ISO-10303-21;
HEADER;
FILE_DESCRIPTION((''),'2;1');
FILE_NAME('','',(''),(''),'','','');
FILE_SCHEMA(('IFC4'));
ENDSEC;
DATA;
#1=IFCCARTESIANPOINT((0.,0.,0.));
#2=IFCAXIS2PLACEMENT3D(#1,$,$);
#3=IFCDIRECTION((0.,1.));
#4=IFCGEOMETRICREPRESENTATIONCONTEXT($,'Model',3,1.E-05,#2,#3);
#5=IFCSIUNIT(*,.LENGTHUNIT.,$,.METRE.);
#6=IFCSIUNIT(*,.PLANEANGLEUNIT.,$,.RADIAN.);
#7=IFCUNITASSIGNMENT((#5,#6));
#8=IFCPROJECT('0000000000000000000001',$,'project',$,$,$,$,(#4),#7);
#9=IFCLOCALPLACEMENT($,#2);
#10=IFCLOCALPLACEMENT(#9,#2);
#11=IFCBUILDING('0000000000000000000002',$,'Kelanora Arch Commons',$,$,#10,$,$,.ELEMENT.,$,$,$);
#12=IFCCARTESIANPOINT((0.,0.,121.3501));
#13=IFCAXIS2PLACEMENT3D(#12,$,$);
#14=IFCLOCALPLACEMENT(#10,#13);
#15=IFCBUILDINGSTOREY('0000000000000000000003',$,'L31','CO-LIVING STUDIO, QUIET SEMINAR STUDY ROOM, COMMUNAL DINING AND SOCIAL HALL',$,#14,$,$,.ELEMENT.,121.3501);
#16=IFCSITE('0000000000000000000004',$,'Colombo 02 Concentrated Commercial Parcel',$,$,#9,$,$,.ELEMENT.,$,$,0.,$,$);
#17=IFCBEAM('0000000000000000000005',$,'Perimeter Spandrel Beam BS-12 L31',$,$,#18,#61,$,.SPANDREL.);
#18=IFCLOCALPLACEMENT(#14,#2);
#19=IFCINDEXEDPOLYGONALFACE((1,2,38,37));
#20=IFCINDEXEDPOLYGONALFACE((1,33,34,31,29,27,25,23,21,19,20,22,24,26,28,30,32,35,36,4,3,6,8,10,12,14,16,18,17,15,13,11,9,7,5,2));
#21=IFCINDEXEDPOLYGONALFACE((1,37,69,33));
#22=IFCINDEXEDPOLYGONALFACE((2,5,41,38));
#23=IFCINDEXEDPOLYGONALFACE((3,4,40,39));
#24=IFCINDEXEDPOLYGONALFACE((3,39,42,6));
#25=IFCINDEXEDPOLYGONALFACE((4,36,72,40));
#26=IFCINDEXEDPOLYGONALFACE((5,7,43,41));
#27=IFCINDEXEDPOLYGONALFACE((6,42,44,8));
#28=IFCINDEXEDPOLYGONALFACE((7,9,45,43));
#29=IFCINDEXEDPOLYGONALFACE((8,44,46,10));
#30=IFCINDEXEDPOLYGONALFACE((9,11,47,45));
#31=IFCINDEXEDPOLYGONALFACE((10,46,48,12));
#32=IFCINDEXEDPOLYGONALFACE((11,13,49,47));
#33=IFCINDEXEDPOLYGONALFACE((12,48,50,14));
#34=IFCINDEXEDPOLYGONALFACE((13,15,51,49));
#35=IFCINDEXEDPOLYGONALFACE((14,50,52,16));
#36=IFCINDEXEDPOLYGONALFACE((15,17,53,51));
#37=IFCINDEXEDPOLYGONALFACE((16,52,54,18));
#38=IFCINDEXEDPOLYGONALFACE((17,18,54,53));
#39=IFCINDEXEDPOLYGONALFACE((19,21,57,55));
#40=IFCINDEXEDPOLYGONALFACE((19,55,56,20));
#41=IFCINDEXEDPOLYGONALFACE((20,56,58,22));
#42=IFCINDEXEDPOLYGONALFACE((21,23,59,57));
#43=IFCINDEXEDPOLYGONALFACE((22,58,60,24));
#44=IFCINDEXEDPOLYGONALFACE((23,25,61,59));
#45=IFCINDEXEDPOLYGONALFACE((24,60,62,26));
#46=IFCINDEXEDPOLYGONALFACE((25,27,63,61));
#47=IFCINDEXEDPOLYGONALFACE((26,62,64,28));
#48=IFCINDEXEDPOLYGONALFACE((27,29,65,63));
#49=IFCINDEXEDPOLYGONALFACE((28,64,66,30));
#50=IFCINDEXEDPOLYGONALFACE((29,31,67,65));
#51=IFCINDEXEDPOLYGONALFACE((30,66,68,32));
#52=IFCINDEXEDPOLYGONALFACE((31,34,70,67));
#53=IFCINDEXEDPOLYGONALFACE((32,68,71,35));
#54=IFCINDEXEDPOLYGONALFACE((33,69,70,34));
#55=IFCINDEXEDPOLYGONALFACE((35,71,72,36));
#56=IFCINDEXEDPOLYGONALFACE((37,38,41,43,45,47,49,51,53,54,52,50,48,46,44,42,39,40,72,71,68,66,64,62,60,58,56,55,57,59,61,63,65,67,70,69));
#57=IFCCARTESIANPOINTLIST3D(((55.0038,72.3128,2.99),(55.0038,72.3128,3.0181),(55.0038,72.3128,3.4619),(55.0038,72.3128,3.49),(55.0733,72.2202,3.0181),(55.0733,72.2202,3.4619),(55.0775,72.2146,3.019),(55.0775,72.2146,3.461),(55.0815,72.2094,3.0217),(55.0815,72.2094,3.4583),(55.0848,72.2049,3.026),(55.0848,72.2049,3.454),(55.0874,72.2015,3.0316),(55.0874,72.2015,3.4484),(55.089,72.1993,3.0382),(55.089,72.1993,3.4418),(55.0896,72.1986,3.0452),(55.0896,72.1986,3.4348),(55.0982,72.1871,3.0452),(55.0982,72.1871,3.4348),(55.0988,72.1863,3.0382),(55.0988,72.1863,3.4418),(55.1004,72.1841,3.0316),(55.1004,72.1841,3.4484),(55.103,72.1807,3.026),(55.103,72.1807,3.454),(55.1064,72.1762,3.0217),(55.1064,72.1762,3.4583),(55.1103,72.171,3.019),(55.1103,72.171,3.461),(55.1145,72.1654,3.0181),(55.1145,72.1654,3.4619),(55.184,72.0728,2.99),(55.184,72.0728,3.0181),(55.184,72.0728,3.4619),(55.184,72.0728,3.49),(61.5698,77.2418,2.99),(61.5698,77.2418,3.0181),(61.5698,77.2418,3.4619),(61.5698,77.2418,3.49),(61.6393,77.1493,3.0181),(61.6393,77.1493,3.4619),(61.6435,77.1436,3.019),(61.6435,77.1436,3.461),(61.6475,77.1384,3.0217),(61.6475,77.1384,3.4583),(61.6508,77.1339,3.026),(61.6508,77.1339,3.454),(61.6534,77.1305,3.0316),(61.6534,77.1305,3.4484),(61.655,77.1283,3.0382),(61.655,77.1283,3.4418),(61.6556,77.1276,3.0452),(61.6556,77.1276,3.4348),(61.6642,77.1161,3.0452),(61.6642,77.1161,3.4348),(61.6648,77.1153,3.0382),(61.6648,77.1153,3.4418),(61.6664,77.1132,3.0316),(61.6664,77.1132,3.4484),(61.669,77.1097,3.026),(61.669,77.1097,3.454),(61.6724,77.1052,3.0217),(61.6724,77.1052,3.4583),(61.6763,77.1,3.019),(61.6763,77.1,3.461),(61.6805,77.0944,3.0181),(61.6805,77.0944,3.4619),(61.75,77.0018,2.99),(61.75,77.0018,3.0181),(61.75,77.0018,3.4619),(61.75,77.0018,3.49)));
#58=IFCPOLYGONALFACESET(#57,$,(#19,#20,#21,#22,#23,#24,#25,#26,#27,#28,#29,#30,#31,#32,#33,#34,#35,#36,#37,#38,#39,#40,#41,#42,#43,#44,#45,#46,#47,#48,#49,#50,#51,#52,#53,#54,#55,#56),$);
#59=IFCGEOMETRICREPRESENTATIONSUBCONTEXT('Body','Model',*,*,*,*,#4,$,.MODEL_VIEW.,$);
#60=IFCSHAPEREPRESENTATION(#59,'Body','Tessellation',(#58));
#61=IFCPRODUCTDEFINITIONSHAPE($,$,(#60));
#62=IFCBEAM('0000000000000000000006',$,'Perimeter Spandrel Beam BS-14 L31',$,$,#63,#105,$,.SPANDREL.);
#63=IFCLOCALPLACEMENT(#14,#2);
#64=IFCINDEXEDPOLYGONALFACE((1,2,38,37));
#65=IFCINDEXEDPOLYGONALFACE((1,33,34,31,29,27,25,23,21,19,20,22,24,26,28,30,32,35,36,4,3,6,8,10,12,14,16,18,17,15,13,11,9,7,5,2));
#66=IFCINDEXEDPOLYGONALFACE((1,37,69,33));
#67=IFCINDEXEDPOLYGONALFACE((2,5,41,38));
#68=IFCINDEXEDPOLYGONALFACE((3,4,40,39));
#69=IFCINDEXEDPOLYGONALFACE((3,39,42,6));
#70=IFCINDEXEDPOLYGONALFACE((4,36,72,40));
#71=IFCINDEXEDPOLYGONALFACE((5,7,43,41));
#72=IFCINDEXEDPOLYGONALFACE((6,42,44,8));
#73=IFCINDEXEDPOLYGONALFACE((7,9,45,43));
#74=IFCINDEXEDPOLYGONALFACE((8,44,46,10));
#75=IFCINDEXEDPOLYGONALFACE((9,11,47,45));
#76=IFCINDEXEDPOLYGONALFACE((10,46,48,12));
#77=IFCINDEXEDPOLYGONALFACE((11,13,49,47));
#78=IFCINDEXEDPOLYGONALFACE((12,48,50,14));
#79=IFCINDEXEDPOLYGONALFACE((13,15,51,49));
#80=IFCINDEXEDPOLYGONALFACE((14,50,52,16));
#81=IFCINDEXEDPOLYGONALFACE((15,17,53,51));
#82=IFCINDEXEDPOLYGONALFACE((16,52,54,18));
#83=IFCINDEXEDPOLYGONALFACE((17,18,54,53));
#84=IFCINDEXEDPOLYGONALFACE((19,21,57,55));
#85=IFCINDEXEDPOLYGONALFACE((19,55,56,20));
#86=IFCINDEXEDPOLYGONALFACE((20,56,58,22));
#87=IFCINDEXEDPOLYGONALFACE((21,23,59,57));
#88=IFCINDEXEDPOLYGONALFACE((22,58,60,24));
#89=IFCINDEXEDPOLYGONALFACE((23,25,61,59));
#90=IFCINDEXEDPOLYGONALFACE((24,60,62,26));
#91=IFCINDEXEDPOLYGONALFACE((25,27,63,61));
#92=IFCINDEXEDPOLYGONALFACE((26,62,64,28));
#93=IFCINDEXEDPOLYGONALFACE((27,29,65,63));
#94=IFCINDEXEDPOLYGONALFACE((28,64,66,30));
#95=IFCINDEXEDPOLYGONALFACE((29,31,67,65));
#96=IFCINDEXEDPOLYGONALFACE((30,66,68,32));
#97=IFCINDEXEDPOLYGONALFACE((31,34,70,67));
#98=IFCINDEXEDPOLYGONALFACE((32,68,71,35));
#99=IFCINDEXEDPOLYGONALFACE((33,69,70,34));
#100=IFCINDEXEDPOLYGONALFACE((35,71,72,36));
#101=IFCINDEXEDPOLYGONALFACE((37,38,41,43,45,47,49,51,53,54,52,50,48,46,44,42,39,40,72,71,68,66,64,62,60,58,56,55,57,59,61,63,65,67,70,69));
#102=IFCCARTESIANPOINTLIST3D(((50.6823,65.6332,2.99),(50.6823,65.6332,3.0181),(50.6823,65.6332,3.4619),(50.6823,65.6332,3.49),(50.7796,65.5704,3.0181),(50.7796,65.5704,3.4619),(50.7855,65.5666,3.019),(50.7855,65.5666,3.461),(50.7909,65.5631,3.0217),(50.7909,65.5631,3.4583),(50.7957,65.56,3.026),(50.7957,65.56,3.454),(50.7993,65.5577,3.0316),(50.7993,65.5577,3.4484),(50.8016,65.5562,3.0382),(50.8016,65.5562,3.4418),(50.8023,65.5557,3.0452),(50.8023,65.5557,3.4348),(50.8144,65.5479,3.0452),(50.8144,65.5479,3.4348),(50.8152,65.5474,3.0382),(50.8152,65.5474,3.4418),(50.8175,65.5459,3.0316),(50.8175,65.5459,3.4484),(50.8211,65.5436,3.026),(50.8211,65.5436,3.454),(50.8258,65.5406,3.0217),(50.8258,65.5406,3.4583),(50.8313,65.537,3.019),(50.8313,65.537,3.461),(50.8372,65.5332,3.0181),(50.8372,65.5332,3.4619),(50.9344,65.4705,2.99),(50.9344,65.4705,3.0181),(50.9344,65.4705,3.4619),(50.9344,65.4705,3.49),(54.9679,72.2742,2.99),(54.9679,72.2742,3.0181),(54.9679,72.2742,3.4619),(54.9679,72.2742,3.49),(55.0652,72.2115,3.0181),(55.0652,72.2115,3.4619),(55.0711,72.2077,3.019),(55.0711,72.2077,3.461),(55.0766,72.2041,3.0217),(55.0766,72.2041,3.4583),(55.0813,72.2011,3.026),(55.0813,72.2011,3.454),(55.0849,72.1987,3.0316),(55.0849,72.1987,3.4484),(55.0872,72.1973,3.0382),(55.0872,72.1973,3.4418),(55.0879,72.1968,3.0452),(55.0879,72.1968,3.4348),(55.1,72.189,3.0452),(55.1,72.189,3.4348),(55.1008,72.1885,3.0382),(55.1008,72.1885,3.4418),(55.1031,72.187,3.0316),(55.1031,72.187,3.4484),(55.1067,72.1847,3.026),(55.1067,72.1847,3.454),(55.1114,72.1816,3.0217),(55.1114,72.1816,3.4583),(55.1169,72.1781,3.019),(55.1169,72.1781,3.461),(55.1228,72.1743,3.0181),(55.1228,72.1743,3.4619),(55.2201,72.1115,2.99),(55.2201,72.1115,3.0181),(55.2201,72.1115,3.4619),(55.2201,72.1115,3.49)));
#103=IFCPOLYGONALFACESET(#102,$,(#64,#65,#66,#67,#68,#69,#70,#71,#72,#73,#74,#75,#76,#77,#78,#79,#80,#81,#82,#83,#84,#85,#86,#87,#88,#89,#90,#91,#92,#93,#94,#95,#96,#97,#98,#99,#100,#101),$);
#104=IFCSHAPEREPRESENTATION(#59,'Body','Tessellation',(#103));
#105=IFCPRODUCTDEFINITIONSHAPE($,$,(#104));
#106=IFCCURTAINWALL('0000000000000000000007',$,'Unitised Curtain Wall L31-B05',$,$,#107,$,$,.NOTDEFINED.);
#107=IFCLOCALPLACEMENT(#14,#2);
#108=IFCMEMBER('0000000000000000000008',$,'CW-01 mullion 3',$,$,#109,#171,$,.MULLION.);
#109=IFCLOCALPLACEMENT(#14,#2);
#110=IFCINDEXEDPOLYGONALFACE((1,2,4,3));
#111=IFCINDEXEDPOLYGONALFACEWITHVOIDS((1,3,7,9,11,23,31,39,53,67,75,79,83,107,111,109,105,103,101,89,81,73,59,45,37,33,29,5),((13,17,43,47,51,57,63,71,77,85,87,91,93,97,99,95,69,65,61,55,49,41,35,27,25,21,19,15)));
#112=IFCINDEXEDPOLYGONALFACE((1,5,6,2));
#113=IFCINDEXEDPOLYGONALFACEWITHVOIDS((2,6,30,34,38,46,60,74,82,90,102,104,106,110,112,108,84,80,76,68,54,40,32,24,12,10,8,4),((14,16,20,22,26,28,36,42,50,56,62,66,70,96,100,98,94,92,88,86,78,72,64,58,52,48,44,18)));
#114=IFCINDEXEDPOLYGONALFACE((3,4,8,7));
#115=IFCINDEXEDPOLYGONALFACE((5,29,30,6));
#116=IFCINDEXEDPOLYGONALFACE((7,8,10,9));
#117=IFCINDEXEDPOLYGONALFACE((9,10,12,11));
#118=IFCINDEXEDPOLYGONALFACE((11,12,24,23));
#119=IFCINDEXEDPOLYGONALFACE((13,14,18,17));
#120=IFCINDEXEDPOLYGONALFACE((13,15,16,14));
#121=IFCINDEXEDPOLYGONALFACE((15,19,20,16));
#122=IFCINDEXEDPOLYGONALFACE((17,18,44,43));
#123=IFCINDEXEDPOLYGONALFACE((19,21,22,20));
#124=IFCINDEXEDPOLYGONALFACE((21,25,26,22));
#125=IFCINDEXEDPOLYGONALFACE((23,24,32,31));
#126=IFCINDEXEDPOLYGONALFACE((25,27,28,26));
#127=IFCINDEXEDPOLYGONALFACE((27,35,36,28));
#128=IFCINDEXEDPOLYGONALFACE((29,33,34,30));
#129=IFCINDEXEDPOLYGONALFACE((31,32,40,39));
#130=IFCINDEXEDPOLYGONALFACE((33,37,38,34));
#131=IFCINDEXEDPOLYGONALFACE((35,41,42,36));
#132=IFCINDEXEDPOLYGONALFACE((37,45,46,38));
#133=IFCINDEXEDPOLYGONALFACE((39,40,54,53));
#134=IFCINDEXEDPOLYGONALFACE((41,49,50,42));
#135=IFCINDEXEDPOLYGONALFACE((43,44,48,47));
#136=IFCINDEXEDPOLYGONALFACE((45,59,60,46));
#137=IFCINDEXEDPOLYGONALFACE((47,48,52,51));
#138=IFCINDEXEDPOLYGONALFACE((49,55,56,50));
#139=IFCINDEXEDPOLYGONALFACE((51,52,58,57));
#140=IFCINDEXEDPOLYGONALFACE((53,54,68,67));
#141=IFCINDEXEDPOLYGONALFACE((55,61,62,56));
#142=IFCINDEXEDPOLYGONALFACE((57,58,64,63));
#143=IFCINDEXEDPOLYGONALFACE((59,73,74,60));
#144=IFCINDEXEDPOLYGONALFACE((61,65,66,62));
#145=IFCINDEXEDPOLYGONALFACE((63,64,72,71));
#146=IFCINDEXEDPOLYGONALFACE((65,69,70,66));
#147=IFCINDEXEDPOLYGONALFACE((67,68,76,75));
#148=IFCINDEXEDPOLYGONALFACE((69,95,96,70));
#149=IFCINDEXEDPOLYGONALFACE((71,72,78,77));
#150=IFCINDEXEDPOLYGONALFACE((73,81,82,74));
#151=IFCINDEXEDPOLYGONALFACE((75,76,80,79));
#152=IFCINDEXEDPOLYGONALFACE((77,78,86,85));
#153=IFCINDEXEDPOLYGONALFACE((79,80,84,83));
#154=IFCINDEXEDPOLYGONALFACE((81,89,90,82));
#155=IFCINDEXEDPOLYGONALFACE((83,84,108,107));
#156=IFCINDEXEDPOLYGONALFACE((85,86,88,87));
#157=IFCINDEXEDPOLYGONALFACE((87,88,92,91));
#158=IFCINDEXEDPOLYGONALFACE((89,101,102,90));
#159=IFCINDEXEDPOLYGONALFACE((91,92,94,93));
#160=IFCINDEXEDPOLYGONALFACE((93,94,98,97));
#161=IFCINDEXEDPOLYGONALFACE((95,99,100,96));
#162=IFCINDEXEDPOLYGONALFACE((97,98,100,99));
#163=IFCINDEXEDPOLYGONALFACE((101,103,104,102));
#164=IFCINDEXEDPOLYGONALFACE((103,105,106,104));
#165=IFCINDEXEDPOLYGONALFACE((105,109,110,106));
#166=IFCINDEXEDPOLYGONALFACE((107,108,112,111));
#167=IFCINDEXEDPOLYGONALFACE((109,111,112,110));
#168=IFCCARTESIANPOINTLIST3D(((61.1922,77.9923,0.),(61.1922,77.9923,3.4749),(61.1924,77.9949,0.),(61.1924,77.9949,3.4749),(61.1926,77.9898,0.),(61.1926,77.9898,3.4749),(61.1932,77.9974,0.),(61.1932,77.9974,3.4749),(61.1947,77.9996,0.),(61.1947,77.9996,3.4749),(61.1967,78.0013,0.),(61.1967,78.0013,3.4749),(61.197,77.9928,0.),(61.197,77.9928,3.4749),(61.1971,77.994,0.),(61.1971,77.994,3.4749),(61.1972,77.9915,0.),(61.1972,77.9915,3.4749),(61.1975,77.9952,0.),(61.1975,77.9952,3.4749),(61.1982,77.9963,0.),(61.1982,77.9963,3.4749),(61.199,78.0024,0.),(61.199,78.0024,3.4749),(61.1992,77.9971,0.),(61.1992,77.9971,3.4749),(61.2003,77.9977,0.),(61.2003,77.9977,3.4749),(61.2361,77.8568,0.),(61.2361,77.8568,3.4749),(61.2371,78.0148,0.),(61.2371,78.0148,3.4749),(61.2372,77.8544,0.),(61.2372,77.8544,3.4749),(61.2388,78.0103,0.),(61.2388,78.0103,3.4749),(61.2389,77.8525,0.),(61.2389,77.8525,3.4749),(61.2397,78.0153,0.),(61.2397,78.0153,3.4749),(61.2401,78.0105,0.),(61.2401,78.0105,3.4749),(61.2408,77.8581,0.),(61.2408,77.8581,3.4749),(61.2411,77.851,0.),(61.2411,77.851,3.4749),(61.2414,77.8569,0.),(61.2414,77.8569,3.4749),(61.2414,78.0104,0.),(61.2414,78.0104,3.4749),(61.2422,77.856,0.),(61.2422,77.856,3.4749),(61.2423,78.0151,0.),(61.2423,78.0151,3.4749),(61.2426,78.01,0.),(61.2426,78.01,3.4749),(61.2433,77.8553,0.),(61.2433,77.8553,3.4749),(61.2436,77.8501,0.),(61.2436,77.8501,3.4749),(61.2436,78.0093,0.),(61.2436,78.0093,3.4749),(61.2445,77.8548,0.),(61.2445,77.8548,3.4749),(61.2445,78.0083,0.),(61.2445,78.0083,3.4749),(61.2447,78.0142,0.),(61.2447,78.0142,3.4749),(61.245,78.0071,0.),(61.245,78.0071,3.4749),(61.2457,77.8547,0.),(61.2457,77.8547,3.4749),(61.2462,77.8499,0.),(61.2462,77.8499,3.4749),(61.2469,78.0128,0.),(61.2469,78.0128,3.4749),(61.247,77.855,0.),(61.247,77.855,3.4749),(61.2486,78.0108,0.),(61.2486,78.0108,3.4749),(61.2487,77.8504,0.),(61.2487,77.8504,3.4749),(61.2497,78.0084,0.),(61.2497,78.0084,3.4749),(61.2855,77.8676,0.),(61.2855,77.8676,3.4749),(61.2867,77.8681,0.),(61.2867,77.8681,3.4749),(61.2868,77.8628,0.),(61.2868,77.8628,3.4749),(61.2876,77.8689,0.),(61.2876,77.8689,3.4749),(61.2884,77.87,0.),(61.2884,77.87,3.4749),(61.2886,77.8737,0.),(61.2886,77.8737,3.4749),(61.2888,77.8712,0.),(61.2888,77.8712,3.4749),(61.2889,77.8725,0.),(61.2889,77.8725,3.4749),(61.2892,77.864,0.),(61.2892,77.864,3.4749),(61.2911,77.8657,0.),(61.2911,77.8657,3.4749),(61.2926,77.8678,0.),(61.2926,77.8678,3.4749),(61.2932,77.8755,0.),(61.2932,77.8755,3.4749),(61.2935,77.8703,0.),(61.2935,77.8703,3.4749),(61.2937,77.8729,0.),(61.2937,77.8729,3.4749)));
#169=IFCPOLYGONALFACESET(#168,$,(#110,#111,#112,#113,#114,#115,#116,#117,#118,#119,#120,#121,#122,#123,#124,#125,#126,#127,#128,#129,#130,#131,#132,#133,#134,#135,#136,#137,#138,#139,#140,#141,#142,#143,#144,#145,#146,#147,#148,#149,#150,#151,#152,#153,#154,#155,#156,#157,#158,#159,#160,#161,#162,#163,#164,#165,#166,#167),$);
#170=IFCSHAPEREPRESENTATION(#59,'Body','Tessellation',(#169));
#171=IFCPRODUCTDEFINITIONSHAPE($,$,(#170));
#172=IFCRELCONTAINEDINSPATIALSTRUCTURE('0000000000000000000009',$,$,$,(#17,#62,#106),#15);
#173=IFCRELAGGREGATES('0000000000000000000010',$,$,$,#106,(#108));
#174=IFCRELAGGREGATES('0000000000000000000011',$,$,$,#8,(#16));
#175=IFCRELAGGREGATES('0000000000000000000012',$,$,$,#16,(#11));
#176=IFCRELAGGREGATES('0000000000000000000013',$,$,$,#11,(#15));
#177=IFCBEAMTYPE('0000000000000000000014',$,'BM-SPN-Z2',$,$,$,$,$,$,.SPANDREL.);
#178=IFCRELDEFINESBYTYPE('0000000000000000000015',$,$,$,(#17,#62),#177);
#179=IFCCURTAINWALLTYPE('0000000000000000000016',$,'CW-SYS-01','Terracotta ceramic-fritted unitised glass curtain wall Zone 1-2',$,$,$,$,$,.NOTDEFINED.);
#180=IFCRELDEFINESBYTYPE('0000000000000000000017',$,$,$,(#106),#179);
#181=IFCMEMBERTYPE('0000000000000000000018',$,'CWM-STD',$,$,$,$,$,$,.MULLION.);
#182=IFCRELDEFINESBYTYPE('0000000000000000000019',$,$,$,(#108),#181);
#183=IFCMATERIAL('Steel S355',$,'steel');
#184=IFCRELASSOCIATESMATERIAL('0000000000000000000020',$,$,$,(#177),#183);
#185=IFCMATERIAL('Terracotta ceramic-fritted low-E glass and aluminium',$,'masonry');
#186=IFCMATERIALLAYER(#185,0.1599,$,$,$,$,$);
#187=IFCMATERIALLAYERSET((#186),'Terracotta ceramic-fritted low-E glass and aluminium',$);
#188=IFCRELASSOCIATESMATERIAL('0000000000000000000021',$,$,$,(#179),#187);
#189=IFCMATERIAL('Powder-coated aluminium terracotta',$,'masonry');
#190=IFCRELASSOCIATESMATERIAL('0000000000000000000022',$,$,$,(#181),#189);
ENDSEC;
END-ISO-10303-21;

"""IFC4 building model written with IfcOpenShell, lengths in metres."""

from ifc_helpers import new_model, si_unit, direction, frame, origin, origin_2d, place, context, subcontext, project, spatial, hollow_rectangle, i_section, extrude, material, layer, layer_set, material_profile, profile_set, type_object, element, aggregate, save


model = new_model("IFC4")

# Units and contexts
model_context = context("Model", 3, precision=1e-05, world=origin(), true_north=direction((0.0, 1.0)))
body_context = subcontext(model_context, "Body", "Model", "MODEL_VIEW")
ifc_project = project(units=[si_unit("LENGTHUNIT", "METRE"), si_unit("PLANEANGLEUNIT", "RADIAN")], contexts=[model_context])

# Site, building, storey
site_placement = place(None, origin())
site = spatial("IfcSite", under=ifc_project, at=site_placement, Name="Colombo 02 Concentrated Commercial Parcel", CompositionType="ELEMENT", RefElevation=0.0)
building_placement = place(site_placement, origin())
building = spatial("IfcBuilding", under=site, at=building_placement, Name="Kelanora Arch Commons", CompositionType="ELEMENT")
storey_placement = place(building_placement, frame((0.0, 0.0, 121.3501)))
storey = spatial("IfcBuildingStorey", under=building, at=storey_placement, Name="L31", Description="CO-LIVING STUDIO, QUIET SEMINAR STUDY ROOM, COMMUNAL DINING AND SOCIAL HALL", CompositionType="ELEMENT", Elevation=121.3501)

# Beams
ifc_material_1 = material(Name="Steel S355", Category="steel")
ifc_material_profile_1 = material_profile(ifc_material_1, i_section(OverallWidth=0.3, OverallDepth=0.5, WebThickness=0.0144, FlangeThickness=0.0281, FilletRadius=0.0271, at=origin_2d()), Name="HEB500")
ifc_profile_set_1 = profile_set([ifc_material_profile_1], Name="Steel S355")
beam_type_1 = type_object("IfcBeamType", Name="BM-SPN-Z2", PredefinedType="SPANDREL", material=ifc_profile_set_1)
beam_1_placement = place(storey_placement, frame((61.6599, 77.1218, 3.24), z_axis=(-0.799736, -0.600352, 0.0), x_axis=(0.600352, -0.799736, 0.0)))
element("IfcBeam", 1, at=beam_1_placement, inside=storey, type_object=beam_type_1, Name="Perimeter Spandrel Beam BS-12 L31", PredefinedType="SPANDREL", context=body_context, shape_type="SweptSolid", body=[
    extrude(i_section(OverallWidth=0.3, OverallDepth=0.5, WebThickness=0.0144, FlangeThickness=0.0281, FilletRadius=0.0271, at=origin_2d()), origin(), (0.0, 0.0, 1.0), 8.2102),
])
beam_2_placement = place(storey_placement, frame((55.094, 72.1929, 3.24), z_axis=(-0.542221, -0.840236, 0.0), x_axis=(0.840236, -0.542221, 0.0)))
element("IfcBeam", 2, at=beam_2_placement, inside=storey, type_object=beam_type_1, Name="Perimeter Spandrel Beam BS-14 L31", PredefinedType="SPANDREL", context=body_context, shape_type="SweptSolid", body=[
    extrude(i_section(OverallWidth=0.3, OverallDepth=0.5, WebThickness=0.0144, FlangeThickness=0.0281, FilletRadius=0.0271, at=origin_2d()), origin(), (0.0, 0.0, 1.0), 7.9038),
])

# Curtain wall, member
ifc_material_2 = material(Name="Terracotta ceramic-fritted low-E glass and aluminium", Category="masonry")
ifc_layer_1 = layer(ifc_material_2, 0.1599)
ifc_layer_set_1 = layer_set([ifc_layer_1], Name="Terracotta ceramic-fritted low-E glass and aluminium")
curtain_wall_type = type_object("IfcCurtainWallType", Name="CW-SYS-01", Description="Terracotta ceramic-fritted unitised glass curtain wall Zone 1-2", PredefinedType="NOTDEFINED", material=ifc_layer_set_1)
curtain_wall_placement = place(storey_placement, origin())
curtain_wall = element("IfcCurtainWall", 3, at=curtain_wall_placement, inside=storey, type_object=curtain_wall_type, Name="Unitised Curtain Wall L31-B05", PredefinedType="NOTDEFINED")
ifc_material_3 = material(Name="Powder-coated aluminium terracotta", Category="masonry")
ifc_material_profile_2 = material_profile(ifc_material_3, hollow_rectangle(XDim=0.1599, YDim=0.0601, WallThickness=0.0049, InnerFilletRadius=0.0049, OuterFilletRadius=0.01, at=origin_2d()), Name="CWM160x60")
ifc_profile_set_2 = profile_set([ifc_material_profile_2], Name="Powder-coated aluminium terracotta")
member_type_1 = type_object("IfcMemberType", Name="CWM-STD", PredefinedType="MULLION", material=ifc_profile_set_2)
member_1_placement = place(storey_placement, frame((61.2429, 77.9326, 0.0), z_axis=(0.0, 0.0, 1.0), x_axis=(0.310805, -0.950474, 0.0)))
member_1 = element("IfcMember", 4, at=member_1_placement, type_object=member_type_1, Name="CW-01 mullion 3", PredefinedType="MULLION", context=body_context, shape_type="SweptSolid", body=[
    extrude(hollow_rectangle(XDim=0.1599, YDim=0.0601, WallThickness=0.0049, InnerFilletRadius=0.0049, OuterFilletRadius=0.01, at=origin_2d()), origin(), (0.0, 0.0, 1.0), 3.4749),
])
aggregate(curtain_wall, [member_1])

save(model, "model.ifc")
